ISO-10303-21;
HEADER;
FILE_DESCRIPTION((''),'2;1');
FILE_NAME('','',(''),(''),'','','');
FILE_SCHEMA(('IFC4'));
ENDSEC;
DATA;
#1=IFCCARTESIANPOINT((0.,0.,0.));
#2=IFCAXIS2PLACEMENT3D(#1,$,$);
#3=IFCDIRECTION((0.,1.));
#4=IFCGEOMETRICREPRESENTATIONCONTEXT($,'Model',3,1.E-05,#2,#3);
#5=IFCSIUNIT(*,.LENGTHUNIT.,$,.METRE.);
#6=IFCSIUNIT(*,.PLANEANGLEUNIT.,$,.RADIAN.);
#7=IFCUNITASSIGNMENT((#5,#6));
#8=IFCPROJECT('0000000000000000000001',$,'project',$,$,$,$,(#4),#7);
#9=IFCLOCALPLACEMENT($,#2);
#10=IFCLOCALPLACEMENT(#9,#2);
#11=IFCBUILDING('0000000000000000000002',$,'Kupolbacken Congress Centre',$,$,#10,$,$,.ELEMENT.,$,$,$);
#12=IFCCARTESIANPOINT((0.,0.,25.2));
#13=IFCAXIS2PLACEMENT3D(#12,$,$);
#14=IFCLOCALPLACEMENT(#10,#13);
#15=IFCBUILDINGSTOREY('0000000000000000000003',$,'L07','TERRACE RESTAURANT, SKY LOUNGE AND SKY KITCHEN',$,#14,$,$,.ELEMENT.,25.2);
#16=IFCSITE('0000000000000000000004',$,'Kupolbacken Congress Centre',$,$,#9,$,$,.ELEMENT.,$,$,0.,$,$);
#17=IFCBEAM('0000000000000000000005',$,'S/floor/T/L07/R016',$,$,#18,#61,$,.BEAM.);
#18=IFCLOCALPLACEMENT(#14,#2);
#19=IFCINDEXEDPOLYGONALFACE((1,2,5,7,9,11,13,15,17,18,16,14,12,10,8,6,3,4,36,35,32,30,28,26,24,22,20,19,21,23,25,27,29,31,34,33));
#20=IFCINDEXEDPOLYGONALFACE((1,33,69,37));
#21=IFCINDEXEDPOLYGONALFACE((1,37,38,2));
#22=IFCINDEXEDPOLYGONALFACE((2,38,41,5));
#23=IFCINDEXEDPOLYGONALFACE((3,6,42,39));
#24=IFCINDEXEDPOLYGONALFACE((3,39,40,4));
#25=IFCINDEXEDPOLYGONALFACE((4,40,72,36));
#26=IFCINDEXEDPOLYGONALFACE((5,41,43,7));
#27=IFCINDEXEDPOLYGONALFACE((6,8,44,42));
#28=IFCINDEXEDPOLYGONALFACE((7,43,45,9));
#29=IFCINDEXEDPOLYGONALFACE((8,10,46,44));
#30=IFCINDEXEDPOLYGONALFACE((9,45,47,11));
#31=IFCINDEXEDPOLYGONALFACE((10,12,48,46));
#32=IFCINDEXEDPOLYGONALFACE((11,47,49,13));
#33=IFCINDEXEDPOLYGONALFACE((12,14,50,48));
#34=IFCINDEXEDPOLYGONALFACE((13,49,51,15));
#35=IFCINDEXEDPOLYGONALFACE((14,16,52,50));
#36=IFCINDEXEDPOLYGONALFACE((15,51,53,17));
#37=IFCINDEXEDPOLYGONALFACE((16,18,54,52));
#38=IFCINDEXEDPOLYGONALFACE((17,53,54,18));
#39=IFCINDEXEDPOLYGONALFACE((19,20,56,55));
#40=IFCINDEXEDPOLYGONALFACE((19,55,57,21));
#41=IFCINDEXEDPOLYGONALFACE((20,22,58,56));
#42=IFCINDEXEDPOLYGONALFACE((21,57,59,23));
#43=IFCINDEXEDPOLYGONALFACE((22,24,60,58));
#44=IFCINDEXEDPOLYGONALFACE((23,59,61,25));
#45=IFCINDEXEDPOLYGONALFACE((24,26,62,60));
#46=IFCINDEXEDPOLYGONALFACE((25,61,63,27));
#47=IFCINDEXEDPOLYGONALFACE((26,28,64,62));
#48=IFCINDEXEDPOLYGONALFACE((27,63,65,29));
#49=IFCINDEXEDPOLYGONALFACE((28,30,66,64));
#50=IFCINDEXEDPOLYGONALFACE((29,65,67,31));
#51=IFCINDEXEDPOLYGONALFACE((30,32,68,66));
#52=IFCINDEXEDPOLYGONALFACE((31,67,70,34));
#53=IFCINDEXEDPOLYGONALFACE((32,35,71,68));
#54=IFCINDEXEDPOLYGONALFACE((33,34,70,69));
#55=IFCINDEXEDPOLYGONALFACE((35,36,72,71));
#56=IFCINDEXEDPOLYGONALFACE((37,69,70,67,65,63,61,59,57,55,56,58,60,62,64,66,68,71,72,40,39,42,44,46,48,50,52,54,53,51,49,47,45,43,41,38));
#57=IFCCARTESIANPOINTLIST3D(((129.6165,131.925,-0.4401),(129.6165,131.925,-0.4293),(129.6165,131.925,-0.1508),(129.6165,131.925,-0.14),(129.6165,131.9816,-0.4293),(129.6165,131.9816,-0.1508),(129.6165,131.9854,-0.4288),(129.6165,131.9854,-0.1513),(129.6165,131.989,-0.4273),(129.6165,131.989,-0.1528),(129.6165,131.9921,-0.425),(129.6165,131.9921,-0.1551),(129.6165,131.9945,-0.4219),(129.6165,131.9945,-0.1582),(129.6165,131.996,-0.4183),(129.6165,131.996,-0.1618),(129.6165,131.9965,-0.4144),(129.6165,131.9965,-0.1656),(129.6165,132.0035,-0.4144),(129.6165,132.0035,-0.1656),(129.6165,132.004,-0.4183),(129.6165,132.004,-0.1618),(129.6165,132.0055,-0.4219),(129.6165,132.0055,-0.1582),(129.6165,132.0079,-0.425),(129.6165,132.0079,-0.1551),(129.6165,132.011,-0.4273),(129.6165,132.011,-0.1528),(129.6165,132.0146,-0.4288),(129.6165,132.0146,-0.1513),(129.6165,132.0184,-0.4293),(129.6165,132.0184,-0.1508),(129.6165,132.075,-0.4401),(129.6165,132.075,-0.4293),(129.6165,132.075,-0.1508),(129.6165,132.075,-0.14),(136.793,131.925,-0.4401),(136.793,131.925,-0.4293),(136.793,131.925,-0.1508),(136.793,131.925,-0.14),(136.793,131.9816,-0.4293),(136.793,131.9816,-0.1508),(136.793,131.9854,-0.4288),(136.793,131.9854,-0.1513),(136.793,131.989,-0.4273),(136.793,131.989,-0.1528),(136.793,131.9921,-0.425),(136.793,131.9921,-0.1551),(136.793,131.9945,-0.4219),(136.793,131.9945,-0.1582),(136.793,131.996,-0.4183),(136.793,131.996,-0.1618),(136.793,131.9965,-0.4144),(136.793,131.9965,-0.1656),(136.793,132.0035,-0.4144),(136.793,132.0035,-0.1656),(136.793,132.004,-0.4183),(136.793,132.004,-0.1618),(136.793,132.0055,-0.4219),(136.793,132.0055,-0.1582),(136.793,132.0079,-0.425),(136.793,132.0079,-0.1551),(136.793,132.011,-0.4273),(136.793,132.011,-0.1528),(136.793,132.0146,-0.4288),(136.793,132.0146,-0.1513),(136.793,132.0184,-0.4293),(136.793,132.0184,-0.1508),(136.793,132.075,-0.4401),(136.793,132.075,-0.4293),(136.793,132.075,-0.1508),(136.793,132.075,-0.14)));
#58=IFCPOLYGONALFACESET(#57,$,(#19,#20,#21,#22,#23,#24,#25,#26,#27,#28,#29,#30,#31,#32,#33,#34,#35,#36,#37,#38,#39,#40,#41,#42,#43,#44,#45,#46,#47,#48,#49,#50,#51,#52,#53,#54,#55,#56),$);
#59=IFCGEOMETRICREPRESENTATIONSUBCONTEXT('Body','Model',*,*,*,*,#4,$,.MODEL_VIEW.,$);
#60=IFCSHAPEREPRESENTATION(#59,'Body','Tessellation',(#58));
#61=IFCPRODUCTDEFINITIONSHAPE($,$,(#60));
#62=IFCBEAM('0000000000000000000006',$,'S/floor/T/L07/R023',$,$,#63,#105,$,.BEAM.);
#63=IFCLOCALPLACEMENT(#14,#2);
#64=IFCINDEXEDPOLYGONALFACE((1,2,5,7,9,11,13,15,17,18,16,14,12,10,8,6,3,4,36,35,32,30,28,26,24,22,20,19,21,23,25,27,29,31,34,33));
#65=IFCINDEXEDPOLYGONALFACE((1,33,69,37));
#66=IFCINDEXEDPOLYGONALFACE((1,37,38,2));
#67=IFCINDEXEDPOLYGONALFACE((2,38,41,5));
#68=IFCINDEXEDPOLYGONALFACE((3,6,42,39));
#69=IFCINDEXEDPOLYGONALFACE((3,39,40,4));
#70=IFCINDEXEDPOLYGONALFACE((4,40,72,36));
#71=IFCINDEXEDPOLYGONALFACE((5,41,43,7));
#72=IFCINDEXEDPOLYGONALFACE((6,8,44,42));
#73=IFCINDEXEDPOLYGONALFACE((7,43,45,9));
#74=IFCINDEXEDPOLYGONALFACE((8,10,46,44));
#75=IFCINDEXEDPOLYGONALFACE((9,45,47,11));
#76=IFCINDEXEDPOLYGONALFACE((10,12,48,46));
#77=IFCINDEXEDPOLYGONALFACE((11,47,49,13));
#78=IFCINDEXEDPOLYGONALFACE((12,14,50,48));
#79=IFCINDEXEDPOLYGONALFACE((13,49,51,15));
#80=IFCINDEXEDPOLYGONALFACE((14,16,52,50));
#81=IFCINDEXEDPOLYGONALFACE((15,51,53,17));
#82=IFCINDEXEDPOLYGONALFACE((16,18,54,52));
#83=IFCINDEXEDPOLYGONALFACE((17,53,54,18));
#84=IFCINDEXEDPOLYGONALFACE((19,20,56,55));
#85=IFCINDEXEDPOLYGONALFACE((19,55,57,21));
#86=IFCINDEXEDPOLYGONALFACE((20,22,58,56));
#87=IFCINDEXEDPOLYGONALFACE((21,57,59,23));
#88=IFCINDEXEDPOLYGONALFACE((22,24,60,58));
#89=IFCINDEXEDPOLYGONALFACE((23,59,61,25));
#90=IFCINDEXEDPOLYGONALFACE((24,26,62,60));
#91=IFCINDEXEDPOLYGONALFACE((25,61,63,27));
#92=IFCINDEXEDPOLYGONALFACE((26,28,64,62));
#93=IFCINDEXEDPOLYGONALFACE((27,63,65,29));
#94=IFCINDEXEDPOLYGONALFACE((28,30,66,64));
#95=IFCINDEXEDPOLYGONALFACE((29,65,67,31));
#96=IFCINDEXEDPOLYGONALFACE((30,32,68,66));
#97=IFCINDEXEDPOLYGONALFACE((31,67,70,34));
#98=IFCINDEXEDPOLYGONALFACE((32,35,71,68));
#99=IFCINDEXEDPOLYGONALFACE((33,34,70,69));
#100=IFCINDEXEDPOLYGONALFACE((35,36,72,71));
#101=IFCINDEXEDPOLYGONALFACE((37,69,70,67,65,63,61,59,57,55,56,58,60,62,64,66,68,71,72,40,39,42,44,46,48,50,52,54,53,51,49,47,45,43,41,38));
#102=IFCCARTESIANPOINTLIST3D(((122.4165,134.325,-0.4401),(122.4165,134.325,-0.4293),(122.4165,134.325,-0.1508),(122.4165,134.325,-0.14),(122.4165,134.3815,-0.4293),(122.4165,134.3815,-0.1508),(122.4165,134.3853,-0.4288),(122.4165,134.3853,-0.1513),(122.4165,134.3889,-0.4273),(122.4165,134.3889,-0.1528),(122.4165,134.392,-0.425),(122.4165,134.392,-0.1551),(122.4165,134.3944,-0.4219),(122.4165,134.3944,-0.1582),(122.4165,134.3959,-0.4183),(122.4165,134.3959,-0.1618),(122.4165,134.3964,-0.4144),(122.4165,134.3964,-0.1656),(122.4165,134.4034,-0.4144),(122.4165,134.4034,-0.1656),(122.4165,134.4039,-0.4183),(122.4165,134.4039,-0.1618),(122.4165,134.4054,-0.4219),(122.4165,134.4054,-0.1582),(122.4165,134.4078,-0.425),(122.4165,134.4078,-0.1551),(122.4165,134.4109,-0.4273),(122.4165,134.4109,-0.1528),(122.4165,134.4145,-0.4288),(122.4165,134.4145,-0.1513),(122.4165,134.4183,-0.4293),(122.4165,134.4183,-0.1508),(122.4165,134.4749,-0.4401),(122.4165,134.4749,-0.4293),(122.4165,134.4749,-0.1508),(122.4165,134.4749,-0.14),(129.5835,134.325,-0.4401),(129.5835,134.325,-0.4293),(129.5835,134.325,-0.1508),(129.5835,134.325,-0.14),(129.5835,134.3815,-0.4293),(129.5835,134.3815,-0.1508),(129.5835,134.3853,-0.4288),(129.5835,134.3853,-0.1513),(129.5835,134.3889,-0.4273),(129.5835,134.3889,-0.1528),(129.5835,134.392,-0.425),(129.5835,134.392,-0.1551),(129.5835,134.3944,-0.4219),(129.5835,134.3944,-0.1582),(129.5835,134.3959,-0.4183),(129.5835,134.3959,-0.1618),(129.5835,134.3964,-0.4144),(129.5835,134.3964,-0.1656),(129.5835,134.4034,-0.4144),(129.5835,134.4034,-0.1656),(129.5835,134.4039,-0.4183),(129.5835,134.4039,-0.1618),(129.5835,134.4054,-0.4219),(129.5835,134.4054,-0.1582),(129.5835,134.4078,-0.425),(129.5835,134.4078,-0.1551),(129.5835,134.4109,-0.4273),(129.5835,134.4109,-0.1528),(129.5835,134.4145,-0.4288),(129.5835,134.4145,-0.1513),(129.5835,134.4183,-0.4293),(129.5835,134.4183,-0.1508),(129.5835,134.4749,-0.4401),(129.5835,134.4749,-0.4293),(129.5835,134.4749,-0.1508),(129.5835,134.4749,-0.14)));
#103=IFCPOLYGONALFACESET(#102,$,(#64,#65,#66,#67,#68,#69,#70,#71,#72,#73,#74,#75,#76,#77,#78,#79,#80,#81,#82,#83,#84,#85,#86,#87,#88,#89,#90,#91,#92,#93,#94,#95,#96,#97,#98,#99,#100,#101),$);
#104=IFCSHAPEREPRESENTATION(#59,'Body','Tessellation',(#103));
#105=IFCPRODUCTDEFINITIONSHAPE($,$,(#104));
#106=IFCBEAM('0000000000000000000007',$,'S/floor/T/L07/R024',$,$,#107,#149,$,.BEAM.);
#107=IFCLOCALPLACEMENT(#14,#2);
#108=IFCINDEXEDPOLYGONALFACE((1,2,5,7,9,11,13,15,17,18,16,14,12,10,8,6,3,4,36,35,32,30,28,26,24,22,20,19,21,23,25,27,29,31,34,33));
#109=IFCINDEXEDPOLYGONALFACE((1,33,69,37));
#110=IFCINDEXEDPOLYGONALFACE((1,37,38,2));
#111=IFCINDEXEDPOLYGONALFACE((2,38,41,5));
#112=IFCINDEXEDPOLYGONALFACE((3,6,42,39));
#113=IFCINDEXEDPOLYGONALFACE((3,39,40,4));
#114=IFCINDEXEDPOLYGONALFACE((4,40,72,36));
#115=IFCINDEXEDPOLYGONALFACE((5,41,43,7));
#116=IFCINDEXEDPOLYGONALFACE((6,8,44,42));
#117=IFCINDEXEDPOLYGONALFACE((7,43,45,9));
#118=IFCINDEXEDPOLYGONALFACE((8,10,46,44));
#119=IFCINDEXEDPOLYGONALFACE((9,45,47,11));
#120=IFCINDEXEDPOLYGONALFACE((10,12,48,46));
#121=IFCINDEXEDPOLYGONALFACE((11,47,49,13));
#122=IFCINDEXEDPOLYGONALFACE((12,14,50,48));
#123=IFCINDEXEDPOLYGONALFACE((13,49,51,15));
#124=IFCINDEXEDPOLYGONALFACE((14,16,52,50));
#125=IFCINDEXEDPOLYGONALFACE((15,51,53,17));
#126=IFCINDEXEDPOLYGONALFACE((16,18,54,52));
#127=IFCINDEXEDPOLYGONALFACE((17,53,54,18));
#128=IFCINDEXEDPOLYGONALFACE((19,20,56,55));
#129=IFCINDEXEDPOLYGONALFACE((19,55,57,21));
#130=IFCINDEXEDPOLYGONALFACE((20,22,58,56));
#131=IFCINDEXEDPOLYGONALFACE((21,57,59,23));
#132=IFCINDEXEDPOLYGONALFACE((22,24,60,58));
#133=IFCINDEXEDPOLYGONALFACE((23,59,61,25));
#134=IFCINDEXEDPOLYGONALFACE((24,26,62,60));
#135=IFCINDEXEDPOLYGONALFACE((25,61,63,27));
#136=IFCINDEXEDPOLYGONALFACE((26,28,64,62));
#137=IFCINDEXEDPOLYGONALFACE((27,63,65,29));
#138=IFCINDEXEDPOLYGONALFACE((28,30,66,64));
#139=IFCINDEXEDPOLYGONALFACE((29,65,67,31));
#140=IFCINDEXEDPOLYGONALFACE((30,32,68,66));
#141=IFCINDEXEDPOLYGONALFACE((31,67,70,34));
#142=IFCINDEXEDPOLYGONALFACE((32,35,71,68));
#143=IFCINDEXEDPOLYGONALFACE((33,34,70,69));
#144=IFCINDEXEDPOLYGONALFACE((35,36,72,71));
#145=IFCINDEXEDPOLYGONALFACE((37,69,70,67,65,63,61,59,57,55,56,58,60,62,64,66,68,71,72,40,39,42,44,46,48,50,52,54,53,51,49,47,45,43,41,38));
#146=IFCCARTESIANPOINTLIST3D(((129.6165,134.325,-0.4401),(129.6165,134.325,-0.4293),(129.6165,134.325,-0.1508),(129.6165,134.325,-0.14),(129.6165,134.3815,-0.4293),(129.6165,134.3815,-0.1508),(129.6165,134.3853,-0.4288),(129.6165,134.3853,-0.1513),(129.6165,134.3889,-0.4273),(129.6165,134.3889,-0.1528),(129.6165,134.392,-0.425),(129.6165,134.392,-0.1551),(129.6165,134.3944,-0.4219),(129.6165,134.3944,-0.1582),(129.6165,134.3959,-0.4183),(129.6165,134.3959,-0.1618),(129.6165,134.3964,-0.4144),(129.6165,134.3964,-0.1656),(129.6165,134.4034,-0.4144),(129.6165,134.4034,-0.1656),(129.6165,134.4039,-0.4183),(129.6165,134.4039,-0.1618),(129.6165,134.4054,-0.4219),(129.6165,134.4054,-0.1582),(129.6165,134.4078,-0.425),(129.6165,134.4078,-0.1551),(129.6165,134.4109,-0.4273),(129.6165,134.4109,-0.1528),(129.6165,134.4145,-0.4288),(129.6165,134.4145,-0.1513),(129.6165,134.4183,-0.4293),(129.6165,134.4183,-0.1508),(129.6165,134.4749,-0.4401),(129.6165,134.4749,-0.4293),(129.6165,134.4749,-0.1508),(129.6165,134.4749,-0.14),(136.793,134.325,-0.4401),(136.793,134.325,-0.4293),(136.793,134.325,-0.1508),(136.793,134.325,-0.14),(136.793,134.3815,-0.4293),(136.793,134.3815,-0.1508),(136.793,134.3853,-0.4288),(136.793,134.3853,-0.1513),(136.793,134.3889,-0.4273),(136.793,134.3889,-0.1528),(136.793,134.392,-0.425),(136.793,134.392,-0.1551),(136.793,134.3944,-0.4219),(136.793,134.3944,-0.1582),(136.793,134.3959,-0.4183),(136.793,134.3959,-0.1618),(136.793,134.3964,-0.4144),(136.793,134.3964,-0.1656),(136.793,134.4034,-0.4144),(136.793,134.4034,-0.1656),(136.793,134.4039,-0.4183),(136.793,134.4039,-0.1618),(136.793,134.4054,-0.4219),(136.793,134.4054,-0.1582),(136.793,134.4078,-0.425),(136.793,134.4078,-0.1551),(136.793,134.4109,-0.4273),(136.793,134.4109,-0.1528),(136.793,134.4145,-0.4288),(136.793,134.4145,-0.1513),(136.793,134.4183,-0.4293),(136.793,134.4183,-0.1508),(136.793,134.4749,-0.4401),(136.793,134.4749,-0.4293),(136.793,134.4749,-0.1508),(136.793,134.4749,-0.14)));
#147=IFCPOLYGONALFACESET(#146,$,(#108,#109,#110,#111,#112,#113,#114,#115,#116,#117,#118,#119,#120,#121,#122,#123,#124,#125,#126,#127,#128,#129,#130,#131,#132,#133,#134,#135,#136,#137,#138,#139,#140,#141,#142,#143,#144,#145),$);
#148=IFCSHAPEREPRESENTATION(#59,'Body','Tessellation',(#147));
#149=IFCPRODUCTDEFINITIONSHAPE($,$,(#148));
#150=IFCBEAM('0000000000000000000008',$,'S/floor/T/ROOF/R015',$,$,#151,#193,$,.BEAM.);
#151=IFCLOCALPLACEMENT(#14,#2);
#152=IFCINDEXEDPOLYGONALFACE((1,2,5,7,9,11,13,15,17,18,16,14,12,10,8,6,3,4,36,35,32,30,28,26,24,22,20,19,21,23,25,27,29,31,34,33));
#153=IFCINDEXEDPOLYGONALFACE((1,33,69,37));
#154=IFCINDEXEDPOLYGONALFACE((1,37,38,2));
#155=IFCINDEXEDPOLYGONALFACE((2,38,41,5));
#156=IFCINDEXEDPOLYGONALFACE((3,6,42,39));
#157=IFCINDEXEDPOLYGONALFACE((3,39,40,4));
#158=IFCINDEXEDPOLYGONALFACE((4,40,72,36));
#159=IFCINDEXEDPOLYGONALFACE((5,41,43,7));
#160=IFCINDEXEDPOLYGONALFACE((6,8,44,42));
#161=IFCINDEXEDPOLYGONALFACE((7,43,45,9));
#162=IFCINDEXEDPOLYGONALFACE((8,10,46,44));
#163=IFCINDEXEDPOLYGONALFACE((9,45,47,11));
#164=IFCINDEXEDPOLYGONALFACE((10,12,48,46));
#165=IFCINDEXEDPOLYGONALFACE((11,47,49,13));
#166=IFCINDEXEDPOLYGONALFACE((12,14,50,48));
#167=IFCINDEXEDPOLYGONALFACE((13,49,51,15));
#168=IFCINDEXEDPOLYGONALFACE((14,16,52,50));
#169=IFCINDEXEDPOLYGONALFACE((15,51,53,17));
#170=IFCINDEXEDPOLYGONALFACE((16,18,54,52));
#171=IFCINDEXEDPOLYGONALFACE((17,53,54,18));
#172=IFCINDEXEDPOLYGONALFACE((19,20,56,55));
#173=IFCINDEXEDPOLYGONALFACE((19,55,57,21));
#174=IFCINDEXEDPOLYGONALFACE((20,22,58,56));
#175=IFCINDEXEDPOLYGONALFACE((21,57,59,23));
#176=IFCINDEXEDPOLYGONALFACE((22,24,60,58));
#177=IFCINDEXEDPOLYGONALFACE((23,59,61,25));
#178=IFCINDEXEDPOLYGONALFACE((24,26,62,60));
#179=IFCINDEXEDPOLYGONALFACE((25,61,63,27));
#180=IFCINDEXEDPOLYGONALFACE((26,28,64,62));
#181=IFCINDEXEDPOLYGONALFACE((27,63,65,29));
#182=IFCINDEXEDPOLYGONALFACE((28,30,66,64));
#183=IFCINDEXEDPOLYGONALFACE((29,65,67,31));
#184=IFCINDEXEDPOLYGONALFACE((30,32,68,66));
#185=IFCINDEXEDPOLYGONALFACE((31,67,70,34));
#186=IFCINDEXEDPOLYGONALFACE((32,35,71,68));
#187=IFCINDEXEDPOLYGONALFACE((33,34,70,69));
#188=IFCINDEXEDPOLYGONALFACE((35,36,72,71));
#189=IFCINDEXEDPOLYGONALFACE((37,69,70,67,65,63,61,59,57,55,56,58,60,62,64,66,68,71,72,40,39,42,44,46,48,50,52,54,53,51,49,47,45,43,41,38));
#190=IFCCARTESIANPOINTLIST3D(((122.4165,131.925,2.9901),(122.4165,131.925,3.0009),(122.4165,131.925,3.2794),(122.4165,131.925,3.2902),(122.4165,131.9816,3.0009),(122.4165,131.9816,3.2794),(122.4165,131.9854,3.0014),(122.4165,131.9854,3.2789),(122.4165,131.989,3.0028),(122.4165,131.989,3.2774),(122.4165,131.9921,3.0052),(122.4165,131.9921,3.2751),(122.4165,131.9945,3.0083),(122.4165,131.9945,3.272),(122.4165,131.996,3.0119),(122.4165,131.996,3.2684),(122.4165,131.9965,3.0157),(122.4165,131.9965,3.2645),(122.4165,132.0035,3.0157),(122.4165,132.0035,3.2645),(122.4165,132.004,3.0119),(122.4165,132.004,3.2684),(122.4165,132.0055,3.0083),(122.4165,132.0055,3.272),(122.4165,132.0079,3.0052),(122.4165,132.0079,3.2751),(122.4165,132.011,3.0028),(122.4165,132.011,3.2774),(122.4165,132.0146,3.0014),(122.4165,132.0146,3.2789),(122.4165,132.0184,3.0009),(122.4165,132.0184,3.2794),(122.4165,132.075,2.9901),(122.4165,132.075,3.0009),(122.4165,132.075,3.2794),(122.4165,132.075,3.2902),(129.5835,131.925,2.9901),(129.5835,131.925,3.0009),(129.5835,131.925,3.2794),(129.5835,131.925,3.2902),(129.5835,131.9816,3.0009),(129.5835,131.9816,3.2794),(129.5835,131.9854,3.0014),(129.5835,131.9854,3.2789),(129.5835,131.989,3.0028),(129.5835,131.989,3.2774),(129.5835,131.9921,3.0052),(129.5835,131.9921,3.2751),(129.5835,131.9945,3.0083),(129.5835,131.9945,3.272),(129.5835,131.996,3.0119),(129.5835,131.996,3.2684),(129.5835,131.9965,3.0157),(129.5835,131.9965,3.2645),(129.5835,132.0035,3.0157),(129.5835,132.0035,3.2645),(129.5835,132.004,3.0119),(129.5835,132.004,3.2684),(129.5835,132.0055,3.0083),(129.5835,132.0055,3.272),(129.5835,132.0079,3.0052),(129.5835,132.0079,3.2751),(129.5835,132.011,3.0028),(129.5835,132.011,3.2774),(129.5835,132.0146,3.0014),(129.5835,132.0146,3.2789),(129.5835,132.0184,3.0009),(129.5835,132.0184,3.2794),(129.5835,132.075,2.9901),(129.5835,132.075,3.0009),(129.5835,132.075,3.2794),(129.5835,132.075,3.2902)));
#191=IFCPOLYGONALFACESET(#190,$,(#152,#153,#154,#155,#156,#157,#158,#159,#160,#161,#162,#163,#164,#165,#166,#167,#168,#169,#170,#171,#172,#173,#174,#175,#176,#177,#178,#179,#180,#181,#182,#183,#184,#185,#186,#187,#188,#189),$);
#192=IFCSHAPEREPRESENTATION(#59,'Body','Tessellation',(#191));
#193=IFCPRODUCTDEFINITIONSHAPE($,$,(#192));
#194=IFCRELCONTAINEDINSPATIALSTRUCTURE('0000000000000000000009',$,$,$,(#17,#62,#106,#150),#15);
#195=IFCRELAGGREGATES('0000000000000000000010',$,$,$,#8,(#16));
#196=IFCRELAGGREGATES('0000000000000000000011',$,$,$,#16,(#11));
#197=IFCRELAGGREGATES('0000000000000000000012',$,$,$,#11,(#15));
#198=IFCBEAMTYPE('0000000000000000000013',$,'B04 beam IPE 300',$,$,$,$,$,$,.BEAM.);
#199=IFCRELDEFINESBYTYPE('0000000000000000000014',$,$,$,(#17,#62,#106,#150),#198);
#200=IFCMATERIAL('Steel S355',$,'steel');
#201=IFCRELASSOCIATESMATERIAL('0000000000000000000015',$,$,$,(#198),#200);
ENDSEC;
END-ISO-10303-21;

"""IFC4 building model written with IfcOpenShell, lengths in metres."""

from ifc_helpers import new_model, si_unit, direction, frame, origin, origin_2d, place, context, subcontext, project, spatial, i_section, extrude, material, material_profile, profile_set, type_object, element, save


model = new_model("IFC4")

# Units and contexts
model_context = context("Model", 3, precision=1e-05, world=origin(), true_north=direction((0.0, 1.0)))
body_context = subcontext(model_context, "Body", "Model", "MODEL_VIEW")
ifc_project = project(units=[si_unit("LENGTHUNIT", "METRE"), si_unit("PLANEANGLEUNIT", "RADIAN")], contexts=[model_context])

# Site, building, storey
site_placement = place(None, origin())
site = spatial("IfcSite", under=ifc_project, at=site_placement, Name="Kupolbacken Congress Centre", CompositionType="ELEMENT", RefElevation=0.0)
building_placement = place(site_placement, origin())
building = spatial("IfcBuilding", under=site, at=building_placement, Name="Kupolbacken Congress Centre", CompositionType="ELEMENT")
storey_placement = place(building_placement, frame((0.0, 0.0, 25.2)))
storey = spatial("IfcBuildingStorey", under=building, at=storey_placement, Name="L07", Description="TERRACE RESTAURANT, SKY LOUNGE AND SKY KITCHEN", CompositionType="ELEMENT", Elevation=25.2)

# Beams
ifc_material_1 = material(Name="Steel S355", Category="steel")
ifc_material_profile_1 = material_profile(ifc_material_1, i_section(OverallWidth=0.1499, OverallDepth=0.3, WebThickness=0.0071, FlangeThickness=0.0107, FilletRadius=0.0149, at=origin_2d()), Name="IPE 300")
ifc_profile_set_1 = profile_set([ifc_material_profile_1], Name="Steel S355")
beam_type_1 = type_object("IfcBeamType", Name="B04 beam IPE 300", PredefinedType="BEAM", material=ifc_profile_set_1)
beam_1_placement = place(storey_placement, frame((129.6165, 132.0, -0.29), z_axis=(1.0, 0.0, 0.0), x_axis=(0.0, 1.0, 0.0)))
element("IfcBeam", 1, at=beam_1_placement, inside=storey, type_object=beam_type_1, Name="S/floor/T/L07/R016", PredefinedType="BEAM", context=body_context, shape_type="SweptSolid", body=[
    extrude(i_section(OverallWidth=0.1499, OverallDepth=0.3, WebThickness=0.0071, FlangeThickness=0.0107, FilletRadius=0.0149, at=origin_2d()), origin(), (0.0, 0.0, 1.0), 7.1765),
])
beam_2_placement = place(storey_placement, frame((122.4165, 134.3999, -0.29), z_axis=(1.0, 0.0, 0.0), x_axis=(0.0, 1.0, 0.0)))
element("IfcBeam", 2, at=beam_2_placement, inside=storey, type_object=beam_type_1, Name="S/floor/T/L07/R023", PredefinedType="BEAM", context=body_context, shape_type="SweptSolid", body=[
    extrude(i_section(OverallWidth=0.1499, OverallDepth=0.3, WebThickness=0.0071, FlangeThickness=0.0107, FilletRadius=0.0149, at=origin_2d()), origin(), (0.0, 0.0, 1.0), 7.167),
])
beam_3_placement = place(storey_placement, frame((129.6165, 134.3999, -0.29), z_axis=(1.0, 0.0, 0.0), x_axis=(0.0, 1.0, 0.0)))
element("IfcBeam", 3, at=beam_3_placement, inside=storey, type_object=beam_type_1, Name="S/floor/T/L07/R024", PredefinedType="BEAM", context=body_context, shape_type="SweptSolid", body=[
    extrude(i_section(OverallWidth=0.1499, OverallDepth=0.3, WebThickness=0.0071, FlangeThickness=0.0107, FilletRadius=0.0149, at=origin_2d()), origin(), (0.0, 0.0, 1.0), 7.1765),
])
beam_4_placement = place(storey_placement, frame((122.4165, 132.0, 3.1401), z_axis=(1.0, 0.0, 0.0), x_axis=(0.0, 1.0, 0.0)))
element("IfcBeam", 4, at=beam_4_placement, inside=storey, type_object=beam_type_1, Name="S/floor/T/ROOF/R015", PredefinedType="BEAM", context=body_context, shape_type="SweptSolid", body=[
    extrude(i_section(OverallWidth=0.1499, OverallDepth=0.3, WebThickness=0.0071, FlangeThickness=0.0107, FilletRadius=0.0149, at=origin_2d()), origin(), (0.0, 0.0, 1.0), 7.167),
])

save(model, "model.ifc")
